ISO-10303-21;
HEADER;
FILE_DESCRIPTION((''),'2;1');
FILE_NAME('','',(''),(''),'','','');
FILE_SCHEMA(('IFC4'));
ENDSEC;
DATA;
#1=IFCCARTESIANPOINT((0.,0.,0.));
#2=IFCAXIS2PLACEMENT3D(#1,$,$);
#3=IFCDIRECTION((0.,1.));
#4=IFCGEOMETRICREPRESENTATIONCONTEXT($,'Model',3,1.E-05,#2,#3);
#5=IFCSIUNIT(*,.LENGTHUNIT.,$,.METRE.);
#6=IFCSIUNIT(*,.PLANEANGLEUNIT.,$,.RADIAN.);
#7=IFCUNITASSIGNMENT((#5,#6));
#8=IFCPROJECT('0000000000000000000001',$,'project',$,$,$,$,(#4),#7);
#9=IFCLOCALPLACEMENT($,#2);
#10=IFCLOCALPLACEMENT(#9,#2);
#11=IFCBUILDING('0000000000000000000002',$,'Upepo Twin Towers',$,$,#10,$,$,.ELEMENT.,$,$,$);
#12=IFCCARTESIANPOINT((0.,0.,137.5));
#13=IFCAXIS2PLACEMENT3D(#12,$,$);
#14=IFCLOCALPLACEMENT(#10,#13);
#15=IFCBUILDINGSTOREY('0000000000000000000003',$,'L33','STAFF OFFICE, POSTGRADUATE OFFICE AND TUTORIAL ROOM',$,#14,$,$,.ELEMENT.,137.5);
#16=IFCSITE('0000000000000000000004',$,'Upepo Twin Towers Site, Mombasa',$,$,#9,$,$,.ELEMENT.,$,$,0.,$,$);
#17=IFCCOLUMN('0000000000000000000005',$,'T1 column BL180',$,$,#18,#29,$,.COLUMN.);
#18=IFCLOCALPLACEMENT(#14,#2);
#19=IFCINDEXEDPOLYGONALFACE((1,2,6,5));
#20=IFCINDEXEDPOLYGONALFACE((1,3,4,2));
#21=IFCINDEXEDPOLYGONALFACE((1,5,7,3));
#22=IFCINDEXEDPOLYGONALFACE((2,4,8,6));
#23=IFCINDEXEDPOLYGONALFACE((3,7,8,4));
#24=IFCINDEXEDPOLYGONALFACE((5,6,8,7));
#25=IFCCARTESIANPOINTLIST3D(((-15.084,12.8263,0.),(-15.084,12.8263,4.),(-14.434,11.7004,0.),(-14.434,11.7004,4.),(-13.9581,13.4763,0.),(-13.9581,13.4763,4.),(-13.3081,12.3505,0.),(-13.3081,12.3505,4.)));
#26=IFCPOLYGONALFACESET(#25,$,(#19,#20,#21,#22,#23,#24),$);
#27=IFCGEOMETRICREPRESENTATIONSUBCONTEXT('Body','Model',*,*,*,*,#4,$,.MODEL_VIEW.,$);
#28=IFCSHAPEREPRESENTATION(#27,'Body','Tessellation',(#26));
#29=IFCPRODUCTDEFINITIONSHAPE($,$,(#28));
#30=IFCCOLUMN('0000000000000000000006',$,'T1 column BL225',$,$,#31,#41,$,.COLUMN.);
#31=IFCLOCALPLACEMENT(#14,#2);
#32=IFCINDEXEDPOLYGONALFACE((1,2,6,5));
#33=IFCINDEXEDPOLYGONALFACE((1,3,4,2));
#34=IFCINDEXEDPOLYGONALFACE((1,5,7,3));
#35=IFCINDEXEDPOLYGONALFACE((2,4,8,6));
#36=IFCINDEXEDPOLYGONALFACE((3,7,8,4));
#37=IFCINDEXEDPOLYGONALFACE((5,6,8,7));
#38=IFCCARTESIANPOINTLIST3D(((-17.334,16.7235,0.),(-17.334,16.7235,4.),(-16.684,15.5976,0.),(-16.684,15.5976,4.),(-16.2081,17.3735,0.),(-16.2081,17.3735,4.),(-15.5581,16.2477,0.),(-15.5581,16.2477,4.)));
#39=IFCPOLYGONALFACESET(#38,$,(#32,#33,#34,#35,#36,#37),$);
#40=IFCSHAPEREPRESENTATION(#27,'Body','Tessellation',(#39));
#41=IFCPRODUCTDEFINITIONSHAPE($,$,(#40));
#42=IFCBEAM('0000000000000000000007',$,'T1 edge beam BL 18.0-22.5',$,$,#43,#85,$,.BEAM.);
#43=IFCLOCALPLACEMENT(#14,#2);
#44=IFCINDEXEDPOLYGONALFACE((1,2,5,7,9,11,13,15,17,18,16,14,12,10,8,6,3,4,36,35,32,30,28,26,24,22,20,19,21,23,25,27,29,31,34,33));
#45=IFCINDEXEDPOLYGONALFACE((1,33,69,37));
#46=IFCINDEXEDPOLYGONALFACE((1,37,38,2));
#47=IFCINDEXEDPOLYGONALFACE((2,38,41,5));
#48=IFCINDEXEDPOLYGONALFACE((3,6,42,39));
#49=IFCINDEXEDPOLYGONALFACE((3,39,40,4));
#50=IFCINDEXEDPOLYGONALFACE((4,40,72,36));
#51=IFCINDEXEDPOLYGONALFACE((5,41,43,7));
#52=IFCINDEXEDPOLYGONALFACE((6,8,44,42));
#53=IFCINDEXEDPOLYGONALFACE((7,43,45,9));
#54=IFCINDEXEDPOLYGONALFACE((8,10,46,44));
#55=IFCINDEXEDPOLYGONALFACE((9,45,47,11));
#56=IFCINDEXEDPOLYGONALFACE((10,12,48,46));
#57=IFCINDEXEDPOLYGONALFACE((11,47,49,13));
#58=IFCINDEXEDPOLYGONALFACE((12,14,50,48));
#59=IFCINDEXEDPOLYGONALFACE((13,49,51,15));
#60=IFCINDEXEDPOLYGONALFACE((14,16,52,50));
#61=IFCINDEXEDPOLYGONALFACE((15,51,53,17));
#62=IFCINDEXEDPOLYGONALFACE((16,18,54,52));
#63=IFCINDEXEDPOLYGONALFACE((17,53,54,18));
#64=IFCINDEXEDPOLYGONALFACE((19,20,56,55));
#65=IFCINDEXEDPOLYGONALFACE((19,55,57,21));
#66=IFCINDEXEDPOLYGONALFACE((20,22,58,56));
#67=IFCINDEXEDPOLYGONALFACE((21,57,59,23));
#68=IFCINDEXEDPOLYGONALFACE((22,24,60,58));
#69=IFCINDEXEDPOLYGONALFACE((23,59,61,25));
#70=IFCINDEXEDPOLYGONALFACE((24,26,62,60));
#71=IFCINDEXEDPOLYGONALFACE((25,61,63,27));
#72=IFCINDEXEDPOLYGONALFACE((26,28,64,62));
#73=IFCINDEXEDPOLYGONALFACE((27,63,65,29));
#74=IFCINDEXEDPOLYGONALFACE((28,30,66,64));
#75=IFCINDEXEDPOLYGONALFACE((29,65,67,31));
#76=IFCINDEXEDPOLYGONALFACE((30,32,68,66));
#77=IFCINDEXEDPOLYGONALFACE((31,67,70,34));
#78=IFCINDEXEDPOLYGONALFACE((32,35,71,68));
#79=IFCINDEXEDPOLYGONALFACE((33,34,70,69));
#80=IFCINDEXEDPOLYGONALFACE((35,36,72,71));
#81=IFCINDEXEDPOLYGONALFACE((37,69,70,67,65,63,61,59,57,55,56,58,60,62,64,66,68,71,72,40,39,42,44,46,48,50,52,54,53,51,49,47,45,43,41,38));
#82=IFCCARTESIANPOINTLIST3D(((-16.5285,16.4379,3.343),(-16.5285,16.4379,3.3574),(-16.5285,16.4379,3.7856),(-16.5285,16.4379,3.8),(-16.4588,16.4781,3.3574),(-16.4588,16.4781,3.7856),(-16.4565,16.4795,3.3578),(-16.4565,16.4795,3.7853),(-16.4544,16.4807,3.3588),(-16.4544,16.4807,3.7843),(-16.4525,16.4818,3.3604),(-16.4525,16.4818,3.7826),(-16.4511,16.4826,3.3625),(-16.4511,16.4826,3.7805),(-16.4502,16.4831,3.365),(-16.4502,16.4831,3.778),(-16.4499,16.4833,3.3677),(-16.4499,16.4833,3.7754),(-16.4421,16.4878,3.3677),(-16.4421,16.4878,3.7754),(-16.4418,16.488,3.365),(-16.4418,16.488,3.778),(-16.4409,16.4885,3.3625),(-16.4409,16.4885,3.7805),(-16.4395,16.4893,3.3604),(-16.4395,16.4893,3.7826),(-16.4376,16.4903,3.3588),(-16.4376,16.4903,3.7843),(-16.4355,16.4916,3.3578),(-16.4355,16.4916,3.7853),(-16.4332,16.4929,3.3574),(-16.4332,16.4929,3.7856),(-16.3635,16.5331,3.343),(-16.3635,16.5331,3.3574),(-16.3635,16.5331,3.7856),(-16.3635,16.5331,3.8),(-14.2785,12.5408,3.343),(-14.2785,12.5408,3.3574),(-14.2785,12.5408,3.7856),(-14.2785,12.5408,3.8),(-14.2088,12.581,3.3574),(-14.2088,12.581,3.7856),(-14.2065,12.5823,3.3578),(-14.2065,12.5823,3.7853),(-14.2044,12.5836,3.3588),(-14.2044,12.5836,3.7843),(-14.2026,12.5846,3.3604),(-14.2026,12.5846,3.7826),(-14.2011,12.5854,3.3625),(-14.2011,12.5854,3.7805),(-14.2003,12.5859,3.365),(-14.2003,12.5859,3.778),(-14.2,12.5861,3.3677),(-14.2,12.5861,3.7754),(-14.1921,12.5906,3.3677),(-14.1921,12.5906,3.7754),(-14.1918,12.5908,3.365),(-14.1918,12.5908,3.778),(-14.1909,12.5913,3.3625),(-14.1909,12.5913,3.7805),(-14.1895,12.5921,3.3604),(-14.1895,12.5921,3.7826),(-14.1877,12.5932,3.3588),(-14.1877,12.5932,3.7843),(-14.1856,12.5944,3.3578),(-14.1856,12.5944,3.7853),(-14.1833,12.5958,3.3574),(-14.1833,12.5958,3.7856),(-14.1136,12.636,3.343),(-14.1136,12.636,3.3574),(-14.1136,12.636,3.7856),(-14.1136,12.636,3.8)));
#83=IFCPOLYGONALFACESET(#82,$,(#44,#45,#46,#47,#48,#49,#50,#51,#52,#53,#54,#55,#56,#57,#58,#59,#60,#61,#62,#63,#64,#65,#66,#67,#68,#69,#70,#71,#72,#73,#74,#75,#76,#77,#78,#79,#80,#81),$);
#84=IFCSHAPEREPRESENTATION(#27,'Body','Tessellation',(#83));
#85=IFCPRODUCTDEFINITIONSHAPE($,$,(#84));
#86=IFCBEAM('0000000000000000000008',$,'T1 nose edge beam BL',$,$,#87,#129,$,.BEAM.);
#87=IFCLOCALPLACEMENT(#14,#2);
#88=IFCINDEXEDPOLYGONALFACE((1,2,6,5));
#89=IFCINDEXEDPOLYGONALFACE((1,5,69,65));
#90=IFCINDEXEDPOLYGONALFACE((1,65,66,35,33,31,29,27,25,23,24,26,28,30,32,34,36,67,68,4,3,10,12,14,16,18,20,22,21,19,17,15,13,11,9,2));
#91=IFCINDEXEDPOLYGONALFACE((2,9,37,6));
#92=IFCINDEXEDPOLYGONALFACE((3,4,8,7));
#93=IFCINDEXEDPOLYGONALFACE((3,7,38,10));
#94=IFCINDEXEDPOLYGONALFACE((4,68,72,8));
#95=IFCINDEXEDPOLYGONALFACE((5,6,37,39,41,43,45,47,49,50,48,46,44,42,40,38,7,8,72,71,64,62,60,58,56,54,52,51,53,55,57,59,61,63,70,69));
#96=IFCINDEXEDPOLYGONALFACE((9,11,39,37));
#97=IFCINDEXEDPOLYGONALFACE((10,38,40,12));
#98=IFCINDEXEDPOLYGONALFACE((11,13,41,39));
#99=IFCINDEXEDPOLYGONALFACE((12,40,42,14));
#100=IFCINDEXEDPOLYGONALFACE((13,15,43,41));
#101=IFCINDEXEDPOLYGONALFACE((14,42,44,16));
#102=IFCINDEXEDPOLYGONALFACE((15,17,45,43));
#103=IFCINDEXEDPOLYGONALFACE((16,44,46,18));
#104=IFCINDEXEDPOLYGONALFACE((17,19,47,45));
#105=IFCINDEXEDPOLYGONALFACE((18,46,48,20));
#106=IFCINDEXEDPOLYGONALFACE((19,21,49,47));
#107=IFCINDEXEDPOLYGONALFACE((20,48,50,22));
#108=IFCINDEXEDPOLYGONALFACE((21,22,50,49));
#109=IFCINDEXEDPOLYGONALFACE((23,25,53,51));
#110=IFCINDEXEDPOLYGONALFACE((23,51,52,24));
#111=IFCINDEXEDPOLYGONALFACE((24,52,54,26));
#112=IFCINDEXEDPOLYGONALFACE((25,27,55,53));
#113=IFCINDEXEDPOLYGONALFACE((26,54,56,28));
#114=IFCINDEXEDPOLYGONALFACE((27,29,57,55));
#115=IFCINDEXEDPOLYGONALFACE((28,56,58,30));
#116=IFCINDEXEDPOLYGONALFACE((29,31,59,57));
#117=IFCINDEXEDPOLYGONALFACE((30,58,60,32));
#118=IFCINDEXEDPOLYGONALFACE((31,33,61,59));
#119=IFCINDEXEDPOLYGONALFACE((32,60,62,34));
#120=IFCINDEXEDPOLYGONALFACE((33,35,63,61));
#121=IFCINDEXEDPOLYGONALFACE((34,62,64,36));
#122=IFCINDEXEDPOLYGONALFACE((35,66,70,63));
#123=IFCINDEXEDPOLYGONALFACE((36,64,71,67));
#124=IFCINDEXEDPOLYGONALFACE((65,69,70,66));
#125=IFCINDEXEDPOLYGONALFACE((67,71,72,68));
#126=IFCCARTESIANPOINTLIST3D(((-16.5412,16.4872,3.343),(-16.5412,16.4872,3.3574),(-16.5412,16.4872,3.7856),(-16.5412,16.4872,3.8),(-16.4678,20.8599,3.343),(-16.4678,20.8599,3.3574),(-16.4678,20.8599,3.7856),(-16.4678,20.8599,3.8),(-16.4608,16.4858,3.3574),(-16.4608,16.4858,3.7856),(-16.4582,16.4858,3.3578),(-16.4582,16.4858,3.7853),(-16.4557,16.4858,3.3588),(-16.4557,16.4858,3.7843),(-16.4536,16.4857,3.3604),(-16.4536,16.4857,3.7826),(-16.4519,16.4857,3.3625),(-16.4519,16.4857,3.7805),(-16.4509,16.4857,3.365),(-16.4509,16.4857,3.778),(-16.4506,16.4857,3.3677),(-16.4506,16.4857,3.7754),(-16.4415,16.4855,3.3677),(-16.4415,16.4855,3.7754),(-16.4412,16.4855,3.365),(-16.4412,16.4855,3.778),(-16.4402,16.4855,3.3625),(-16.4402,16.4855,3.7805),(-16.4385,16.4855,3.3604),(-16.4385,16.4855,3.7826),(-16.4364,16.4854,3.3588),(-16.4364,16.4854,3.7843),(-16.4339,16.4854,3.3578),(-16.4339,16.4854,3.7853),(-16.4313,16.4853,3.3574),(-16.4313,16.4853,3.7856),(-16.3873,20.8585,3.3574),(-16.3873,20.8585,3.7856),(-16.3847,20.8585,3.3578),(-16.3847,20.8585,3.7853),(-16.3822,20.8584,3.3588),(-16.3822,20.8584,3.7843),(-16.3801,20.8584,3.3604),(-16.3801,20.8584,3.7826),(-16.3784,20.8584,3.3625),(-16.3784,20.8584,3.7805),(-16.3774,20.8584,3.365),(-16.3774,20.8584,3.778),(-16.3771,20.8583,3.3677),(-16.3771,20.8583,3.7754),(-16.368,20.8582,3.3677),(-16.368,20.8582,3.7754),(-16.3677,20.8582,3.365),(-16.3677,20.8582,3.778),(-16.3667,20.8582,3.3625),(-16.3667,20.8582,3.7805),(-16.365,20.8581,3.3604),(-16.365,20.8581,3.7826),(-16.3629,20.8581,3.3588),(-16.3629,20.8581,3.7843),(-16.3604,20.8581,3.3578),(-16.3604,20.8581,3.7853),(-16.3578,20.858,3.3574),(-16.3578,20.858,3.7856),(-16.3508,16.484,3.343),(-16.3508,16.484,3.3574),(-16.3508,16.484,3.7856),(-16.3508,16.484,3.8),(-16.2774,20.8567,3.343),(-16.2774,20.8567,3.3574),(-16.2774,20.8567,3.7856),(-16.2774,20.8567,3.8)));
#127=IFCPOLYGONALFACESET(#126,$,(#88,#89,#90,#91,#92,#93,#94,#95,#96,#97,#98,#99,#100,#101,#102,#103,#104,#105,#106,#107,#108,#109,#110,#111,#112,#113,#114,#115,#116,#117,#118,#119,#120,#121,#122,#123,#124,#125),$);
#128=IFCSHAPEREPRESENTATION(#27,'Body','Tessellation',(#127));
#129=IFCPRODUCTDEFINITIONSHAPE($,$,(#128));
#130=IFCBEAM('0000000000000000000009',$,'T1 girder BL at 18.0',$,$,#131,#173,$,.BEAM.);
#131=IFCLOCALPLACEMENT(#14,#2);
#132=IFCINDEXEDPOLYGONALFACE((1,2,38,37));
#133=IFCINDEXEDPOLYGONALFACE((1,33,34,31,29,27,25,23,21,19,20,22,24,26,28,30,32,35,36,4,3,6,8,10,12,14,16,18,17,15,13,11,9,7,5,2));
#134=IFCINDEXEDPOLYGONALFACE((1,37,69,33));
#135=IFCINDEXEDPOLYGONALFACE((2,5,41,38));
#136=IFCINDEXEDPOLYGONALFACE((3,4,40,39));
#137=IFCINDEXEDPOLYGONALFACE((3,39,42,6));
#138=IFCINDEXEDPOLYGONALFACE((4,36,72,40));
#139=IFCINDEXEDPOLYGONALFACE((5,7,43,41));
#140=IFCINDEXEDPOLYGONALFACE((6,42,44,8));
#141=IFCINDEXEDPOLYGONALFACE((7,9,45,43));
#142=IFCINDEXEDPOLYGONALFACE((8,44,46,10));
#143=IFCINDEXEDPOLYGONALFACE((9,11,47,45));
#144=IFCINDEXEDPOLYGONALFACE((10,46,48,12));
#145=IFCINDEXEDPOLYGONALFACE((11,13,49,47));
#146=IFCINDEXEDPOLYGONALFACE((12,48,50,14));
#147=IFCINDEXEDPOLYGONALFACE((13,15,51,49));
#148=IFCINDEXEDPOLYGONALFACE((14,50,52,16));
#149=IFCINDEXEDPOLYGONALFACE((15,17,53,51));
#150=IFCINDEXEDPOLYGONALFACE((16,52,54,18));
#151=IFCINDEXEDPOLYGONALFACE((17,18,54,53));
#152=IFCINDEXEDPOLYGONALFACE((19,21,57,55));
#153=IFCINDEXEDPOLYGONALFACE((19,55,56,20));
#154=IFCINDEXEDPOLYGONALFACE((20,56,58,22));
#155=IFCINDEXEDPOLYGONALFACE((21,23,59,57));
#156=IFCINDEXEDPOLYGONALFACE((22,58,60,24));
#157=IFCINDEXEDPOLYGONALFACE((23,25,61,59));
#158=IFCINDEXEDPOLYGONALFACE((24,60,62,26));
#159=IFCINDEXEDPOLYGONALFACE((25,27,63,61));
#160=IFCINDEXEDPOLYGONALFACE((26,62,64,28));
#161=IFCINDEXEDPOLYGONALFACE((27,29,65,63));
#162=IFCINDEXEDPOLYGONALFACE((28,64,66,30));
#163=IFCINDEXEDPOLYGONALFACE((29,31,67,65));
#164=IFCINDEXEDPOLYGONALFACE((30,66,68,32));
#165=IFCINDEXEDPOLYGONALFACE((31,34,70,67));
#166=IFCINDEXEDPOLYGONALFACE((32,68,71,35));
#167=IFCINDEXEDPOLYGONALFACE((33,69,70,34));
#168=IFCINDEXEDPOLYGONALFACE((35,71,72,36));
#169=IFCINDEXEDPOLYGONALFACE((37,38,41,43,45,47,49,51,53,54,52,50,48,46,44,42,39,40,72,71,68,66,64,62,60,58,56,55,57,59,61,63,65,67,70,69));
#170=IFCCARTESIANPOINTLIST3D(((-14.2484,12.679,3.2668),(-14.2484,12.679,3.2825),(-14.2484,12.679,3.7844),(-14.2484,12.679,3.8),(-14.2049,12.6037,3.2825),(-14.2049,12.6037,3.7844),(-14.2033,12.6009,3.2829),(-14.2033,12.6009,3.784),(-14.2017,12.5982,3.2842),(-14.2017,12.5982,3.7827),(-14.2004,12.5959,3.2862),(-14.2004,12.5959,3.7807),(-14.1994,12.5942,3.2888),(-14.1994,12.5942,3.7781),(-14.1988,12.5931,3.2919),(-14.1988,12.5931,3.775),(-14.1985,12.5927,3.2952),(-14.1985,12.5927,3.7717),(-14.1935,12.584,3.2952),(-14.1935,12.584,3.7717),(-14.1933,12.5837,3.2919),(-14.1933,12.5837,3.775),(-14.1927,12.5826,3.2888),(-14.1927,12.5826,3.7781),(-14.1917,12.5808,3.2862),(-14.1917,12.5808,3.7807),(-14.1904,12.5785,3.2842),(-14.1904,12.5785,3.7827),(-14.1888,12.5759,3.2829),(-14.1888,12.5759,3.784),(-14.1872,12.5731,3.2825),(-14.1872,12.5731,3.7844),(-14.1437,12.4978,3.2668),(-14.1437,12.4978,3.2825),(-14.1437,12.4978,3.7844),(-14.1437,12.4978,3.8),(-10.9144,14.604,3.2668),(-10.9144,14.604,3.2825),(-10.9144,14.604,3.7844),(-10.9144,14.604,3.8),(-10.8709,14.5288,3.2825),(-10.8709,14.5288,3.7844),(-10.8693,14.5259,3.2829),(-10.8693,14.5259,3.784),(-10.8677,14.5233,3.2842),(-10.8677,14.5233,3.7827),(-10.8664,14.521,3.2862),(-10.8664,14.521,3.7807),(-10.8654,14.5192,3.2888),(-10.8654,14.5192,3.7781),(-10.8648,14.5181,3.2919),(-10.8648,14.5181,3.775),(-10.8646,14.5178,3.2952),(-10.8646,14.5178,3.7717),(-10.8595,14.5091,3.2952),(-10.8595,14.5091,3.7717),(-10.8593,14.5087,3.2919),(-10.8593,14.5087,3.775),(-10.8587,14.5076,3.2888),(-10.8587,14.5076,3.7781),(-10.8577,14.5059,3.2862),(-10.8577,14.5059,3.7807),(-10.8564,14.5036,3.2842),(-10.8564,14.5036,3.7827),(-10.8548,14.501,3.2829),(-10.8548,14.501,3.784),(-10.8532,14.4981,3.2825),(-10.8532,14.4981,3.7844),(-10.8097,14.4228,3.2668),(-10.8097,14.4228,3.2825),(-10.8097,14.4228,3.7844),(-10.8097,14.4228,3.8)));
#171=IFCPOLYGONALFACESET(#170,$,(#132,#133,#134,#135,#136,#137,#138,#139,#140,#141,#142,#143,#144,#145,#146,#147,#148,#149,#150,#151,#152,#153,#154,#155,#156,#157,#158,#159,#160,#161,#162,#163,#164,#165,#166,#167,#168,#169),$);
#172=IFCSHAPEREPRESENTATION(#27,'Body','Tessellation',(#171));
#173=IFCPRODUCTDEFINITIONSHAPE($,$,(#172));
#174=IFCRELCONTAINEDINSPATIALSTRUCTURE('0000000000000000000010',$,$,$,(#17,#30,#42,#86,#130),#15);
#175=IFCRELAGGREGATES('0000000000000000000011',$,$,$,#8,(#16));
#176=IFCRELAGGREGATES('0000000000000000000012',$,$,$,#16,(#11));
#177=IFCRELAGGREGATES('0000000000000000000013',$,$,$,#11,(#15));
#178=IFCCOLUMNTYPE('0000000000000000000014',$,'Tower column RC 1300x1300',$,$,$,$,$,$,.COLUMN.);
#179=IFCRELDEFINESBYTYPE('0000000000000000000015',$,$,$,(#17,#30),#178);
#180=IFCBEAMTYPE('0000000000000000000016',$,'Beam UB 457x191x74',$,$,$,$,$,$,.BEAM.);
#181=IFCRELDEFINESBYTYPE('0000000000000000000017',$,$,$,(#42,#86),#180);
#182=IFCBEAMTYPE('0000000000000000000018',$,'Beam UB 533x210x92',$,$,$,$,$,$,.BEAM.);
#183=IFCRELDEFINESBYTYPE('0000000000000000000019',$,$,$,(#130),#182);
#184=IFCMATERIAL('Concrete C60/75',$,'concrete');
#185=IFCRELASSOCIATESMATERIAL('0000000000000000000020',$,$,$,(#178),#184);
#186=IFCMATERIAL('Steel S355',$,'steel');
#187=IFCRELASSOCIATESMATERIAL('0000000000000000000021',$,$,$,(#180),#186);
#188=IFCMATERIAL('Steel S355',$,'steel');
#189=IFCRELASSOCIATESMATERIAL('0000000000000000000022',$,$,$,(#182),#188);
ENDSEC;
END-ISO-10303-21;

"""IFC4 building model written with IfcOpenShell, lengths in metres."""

from ifc_helpers import new_model, si_unit, direction, frame, origin, origin_2d, place, context, subcontext, project, spatial, rectangle, i_section, extrude, material, material_profile, profile_set, type_object, element, save


model = new_model("IFC4")

# Units and contexts
model_context = context("Model", 3, precision=1e-05, world=origin(), true_north=direction((0.0, 1.0)))
body_context = subcontext(model_context, "Body", "Model", "MODEL_VIEW")
ifc_project = project(units=[si_unit("LENGTHUNIT", "METRE"), si_unit("PLANEANGLEUNIT", "RADIAN")], contexts=[model_context])

# Site, building, storey
site_placement = place(None, origin())
site = spatial("IfcSite", under=ifc_project, at=site_placement, Name="Upepo Twin Towers Site, Mombasa", CompositionType="ELEMENT", RefElevation=0.0)
building_placement = place(site_placement, origin())
building = spatial("IfcBuilding", under=site, at=building_placement, Name="Upepo Twin Towers", CompositionType="ELEMENT")
storey_placement = place(building_placement, frame((0.0, 0.0, 137.5)))
storey = spatial("IfcBuildingStorey", under=building, at=storey_placement, Name="L33", Description="STAFF OFFICE, POSTGRADUATE OFFICE AND TUTORIAL ROOM", CompositionType="ELEMENT", Elevation=137.5)

# Columns
ifc_material_1 = material(Name="Concrete C60/75", Category="concrete")
ifc_material_profile_1 = material_profile(ifc_material_1, rectangle(XDim=1.3, YDim=1.3, at=origin_2d()), Name="RC 1300x1300")
ifc_profile_set_1 = profile_set([ifc_material_profile_1], Name="Concrete C60/75")
column_type = type_object("IfcColumnType", Name="Tower column RC 1300x1300", PredefinedType="COLUMN", material=ifc_profile_set_1)
for number, where, z_axis, x_axis, name in (
    (1, (-14.196, 12.5884, 0.0), (0.0, 0.0, 1.0), (0.866025, 0.5, 0.0), "T1 column BL180"),
    (2, (-16.446, 16.4856, 0.0), (0.0, 0.0, 1.0), (0.866025, 0.5, 0.0), "T1 column BL225"),
):
    element("IfcColumn", number, at=place(storey_placement, frame(where, z_axis=z_axis, x_axis=x_axis)), inside=storey, type_object=column_type, Name=name, PredefinedType="COLUMN", context=body_context, shape_type="SweptSolid", body=[
        extrude(rectangle(XDim=1.3, YDim=1.3, at=origin_2d()), origin(), (0.0, 0.0, 1.0), 4.0),
    ])

# Beams
ifc_material_2 = material(Name="Steel S355", Category="steel")
ifc_material_profile_2 = material_profile(ifc_material_2, i_section(OverallWidth=0.1904, OverallDepth=0.457, WebThickness=0.009, FlangeThickness=0.0144, FilletRadius=0.0103, at=origin_2d()), Name="UB 457x191x74")
ifc_profile_set_2 = profile_set([ifc_material_profile_2], Name="Steel S355")
beam_type_1 = type_object("IfcBeamType", Name="Beam UB 457x191x74", PredefinedType="BEAM", material=ifc_profile_set_2)
beam_1_placement = place(storey_placement, frame((-14.196, 12.5884, 3.5715), z_axis=(-0.49999, 0.866031, 0.0), x_axis=(-0.866031, -0.49999, 0.0)))
element("IfcBeam", 3, at=beam_1_placement, inside=storey, type_object=beam_type_1, Name="T1 edge beam BL 18.0-22.5", PredefinedType="BEAM", context=body_context, shape_type="SweptSolid", body=[
    extrude(i_section(OverallWidth=0.1904, OverallDepth=0.457, WebThickness=0.009, FlangeThickness=0.0144, FilletRadius=0.0103, at=origin_2d()), origin(), (0.0, 0.0, 1.0), 4.5),
])
beam_2_placement = place(storey_placement, frame((-16.446, 16.4856, 3.5715), z_axis=(0.016804, 0.999859, 0.0), x_axis=(-0.999859, 0.016804, 0.0)))
element("IfcBeam", 4, at=beam_2_placement, inside=storey, type_object=beam_type_1, Name="T1 nose edge beam BL", PredefinedType="BEAM", context=body_context, shape_type="SweptSolid", body=[
    extrude(i_section(OverallWidth=0.1904, OverallDepth=0.457, WebThickness=0.009, FlangeThickness=0.0144, FilletRadius=0.0103, at=origin_2d()), origin(), (0.0, 0.0, 1.0), 4.3733),
])
ifc_material_3 = material(Name="Steel S355", Category="steel")
ifc_material_profile_3 = material_profile(ifc_material_3, i_section(OverallWidth=0.2092, OverallDepth=0.5332, WebThickness=0.01, FlangeThickness=0.0156, FilletRadius=0.0127, at=origin_2d()), Name="UB 533x210x92")
ifc_profile_set_3 = profile_set([ifc_material_profile_3], Name="Steel S355")
beam_type_2 = type_object("IfcBeamType", Name="Beam UB 533x210x92", PredefinedType="BEAM", material=ifc_profile_set_3)
for number, where, z_axis, x_axis, name in (
    (5, (-14.196, 12.5884, 3.5334), (0.866006, 0.500034, 0.0), (-0.500034, 0.866006, 0.0), "T1 girder BL at 18.0"),
):
    element("IfcBeam", number, at=place(storey_placement, frame(where, z_axis=z_axis, x_axis=x_axis)), inside=storey, type_object=beam_type_2, Name=name, PredefinedType="BEAM", context=body_context, shape_type="SweptSolid", body=[
        extrude(i_section(OverallWidth=0.2092, OverallDepth=0.5332, WebThickness=0.01, FlangeThickness=0.0156, FilletRadius=0.0127, at=origin_2d()), origin(), (0.0, 0.0, 1.0), 3.8499),
    ])

save(model, "model.ifc")
